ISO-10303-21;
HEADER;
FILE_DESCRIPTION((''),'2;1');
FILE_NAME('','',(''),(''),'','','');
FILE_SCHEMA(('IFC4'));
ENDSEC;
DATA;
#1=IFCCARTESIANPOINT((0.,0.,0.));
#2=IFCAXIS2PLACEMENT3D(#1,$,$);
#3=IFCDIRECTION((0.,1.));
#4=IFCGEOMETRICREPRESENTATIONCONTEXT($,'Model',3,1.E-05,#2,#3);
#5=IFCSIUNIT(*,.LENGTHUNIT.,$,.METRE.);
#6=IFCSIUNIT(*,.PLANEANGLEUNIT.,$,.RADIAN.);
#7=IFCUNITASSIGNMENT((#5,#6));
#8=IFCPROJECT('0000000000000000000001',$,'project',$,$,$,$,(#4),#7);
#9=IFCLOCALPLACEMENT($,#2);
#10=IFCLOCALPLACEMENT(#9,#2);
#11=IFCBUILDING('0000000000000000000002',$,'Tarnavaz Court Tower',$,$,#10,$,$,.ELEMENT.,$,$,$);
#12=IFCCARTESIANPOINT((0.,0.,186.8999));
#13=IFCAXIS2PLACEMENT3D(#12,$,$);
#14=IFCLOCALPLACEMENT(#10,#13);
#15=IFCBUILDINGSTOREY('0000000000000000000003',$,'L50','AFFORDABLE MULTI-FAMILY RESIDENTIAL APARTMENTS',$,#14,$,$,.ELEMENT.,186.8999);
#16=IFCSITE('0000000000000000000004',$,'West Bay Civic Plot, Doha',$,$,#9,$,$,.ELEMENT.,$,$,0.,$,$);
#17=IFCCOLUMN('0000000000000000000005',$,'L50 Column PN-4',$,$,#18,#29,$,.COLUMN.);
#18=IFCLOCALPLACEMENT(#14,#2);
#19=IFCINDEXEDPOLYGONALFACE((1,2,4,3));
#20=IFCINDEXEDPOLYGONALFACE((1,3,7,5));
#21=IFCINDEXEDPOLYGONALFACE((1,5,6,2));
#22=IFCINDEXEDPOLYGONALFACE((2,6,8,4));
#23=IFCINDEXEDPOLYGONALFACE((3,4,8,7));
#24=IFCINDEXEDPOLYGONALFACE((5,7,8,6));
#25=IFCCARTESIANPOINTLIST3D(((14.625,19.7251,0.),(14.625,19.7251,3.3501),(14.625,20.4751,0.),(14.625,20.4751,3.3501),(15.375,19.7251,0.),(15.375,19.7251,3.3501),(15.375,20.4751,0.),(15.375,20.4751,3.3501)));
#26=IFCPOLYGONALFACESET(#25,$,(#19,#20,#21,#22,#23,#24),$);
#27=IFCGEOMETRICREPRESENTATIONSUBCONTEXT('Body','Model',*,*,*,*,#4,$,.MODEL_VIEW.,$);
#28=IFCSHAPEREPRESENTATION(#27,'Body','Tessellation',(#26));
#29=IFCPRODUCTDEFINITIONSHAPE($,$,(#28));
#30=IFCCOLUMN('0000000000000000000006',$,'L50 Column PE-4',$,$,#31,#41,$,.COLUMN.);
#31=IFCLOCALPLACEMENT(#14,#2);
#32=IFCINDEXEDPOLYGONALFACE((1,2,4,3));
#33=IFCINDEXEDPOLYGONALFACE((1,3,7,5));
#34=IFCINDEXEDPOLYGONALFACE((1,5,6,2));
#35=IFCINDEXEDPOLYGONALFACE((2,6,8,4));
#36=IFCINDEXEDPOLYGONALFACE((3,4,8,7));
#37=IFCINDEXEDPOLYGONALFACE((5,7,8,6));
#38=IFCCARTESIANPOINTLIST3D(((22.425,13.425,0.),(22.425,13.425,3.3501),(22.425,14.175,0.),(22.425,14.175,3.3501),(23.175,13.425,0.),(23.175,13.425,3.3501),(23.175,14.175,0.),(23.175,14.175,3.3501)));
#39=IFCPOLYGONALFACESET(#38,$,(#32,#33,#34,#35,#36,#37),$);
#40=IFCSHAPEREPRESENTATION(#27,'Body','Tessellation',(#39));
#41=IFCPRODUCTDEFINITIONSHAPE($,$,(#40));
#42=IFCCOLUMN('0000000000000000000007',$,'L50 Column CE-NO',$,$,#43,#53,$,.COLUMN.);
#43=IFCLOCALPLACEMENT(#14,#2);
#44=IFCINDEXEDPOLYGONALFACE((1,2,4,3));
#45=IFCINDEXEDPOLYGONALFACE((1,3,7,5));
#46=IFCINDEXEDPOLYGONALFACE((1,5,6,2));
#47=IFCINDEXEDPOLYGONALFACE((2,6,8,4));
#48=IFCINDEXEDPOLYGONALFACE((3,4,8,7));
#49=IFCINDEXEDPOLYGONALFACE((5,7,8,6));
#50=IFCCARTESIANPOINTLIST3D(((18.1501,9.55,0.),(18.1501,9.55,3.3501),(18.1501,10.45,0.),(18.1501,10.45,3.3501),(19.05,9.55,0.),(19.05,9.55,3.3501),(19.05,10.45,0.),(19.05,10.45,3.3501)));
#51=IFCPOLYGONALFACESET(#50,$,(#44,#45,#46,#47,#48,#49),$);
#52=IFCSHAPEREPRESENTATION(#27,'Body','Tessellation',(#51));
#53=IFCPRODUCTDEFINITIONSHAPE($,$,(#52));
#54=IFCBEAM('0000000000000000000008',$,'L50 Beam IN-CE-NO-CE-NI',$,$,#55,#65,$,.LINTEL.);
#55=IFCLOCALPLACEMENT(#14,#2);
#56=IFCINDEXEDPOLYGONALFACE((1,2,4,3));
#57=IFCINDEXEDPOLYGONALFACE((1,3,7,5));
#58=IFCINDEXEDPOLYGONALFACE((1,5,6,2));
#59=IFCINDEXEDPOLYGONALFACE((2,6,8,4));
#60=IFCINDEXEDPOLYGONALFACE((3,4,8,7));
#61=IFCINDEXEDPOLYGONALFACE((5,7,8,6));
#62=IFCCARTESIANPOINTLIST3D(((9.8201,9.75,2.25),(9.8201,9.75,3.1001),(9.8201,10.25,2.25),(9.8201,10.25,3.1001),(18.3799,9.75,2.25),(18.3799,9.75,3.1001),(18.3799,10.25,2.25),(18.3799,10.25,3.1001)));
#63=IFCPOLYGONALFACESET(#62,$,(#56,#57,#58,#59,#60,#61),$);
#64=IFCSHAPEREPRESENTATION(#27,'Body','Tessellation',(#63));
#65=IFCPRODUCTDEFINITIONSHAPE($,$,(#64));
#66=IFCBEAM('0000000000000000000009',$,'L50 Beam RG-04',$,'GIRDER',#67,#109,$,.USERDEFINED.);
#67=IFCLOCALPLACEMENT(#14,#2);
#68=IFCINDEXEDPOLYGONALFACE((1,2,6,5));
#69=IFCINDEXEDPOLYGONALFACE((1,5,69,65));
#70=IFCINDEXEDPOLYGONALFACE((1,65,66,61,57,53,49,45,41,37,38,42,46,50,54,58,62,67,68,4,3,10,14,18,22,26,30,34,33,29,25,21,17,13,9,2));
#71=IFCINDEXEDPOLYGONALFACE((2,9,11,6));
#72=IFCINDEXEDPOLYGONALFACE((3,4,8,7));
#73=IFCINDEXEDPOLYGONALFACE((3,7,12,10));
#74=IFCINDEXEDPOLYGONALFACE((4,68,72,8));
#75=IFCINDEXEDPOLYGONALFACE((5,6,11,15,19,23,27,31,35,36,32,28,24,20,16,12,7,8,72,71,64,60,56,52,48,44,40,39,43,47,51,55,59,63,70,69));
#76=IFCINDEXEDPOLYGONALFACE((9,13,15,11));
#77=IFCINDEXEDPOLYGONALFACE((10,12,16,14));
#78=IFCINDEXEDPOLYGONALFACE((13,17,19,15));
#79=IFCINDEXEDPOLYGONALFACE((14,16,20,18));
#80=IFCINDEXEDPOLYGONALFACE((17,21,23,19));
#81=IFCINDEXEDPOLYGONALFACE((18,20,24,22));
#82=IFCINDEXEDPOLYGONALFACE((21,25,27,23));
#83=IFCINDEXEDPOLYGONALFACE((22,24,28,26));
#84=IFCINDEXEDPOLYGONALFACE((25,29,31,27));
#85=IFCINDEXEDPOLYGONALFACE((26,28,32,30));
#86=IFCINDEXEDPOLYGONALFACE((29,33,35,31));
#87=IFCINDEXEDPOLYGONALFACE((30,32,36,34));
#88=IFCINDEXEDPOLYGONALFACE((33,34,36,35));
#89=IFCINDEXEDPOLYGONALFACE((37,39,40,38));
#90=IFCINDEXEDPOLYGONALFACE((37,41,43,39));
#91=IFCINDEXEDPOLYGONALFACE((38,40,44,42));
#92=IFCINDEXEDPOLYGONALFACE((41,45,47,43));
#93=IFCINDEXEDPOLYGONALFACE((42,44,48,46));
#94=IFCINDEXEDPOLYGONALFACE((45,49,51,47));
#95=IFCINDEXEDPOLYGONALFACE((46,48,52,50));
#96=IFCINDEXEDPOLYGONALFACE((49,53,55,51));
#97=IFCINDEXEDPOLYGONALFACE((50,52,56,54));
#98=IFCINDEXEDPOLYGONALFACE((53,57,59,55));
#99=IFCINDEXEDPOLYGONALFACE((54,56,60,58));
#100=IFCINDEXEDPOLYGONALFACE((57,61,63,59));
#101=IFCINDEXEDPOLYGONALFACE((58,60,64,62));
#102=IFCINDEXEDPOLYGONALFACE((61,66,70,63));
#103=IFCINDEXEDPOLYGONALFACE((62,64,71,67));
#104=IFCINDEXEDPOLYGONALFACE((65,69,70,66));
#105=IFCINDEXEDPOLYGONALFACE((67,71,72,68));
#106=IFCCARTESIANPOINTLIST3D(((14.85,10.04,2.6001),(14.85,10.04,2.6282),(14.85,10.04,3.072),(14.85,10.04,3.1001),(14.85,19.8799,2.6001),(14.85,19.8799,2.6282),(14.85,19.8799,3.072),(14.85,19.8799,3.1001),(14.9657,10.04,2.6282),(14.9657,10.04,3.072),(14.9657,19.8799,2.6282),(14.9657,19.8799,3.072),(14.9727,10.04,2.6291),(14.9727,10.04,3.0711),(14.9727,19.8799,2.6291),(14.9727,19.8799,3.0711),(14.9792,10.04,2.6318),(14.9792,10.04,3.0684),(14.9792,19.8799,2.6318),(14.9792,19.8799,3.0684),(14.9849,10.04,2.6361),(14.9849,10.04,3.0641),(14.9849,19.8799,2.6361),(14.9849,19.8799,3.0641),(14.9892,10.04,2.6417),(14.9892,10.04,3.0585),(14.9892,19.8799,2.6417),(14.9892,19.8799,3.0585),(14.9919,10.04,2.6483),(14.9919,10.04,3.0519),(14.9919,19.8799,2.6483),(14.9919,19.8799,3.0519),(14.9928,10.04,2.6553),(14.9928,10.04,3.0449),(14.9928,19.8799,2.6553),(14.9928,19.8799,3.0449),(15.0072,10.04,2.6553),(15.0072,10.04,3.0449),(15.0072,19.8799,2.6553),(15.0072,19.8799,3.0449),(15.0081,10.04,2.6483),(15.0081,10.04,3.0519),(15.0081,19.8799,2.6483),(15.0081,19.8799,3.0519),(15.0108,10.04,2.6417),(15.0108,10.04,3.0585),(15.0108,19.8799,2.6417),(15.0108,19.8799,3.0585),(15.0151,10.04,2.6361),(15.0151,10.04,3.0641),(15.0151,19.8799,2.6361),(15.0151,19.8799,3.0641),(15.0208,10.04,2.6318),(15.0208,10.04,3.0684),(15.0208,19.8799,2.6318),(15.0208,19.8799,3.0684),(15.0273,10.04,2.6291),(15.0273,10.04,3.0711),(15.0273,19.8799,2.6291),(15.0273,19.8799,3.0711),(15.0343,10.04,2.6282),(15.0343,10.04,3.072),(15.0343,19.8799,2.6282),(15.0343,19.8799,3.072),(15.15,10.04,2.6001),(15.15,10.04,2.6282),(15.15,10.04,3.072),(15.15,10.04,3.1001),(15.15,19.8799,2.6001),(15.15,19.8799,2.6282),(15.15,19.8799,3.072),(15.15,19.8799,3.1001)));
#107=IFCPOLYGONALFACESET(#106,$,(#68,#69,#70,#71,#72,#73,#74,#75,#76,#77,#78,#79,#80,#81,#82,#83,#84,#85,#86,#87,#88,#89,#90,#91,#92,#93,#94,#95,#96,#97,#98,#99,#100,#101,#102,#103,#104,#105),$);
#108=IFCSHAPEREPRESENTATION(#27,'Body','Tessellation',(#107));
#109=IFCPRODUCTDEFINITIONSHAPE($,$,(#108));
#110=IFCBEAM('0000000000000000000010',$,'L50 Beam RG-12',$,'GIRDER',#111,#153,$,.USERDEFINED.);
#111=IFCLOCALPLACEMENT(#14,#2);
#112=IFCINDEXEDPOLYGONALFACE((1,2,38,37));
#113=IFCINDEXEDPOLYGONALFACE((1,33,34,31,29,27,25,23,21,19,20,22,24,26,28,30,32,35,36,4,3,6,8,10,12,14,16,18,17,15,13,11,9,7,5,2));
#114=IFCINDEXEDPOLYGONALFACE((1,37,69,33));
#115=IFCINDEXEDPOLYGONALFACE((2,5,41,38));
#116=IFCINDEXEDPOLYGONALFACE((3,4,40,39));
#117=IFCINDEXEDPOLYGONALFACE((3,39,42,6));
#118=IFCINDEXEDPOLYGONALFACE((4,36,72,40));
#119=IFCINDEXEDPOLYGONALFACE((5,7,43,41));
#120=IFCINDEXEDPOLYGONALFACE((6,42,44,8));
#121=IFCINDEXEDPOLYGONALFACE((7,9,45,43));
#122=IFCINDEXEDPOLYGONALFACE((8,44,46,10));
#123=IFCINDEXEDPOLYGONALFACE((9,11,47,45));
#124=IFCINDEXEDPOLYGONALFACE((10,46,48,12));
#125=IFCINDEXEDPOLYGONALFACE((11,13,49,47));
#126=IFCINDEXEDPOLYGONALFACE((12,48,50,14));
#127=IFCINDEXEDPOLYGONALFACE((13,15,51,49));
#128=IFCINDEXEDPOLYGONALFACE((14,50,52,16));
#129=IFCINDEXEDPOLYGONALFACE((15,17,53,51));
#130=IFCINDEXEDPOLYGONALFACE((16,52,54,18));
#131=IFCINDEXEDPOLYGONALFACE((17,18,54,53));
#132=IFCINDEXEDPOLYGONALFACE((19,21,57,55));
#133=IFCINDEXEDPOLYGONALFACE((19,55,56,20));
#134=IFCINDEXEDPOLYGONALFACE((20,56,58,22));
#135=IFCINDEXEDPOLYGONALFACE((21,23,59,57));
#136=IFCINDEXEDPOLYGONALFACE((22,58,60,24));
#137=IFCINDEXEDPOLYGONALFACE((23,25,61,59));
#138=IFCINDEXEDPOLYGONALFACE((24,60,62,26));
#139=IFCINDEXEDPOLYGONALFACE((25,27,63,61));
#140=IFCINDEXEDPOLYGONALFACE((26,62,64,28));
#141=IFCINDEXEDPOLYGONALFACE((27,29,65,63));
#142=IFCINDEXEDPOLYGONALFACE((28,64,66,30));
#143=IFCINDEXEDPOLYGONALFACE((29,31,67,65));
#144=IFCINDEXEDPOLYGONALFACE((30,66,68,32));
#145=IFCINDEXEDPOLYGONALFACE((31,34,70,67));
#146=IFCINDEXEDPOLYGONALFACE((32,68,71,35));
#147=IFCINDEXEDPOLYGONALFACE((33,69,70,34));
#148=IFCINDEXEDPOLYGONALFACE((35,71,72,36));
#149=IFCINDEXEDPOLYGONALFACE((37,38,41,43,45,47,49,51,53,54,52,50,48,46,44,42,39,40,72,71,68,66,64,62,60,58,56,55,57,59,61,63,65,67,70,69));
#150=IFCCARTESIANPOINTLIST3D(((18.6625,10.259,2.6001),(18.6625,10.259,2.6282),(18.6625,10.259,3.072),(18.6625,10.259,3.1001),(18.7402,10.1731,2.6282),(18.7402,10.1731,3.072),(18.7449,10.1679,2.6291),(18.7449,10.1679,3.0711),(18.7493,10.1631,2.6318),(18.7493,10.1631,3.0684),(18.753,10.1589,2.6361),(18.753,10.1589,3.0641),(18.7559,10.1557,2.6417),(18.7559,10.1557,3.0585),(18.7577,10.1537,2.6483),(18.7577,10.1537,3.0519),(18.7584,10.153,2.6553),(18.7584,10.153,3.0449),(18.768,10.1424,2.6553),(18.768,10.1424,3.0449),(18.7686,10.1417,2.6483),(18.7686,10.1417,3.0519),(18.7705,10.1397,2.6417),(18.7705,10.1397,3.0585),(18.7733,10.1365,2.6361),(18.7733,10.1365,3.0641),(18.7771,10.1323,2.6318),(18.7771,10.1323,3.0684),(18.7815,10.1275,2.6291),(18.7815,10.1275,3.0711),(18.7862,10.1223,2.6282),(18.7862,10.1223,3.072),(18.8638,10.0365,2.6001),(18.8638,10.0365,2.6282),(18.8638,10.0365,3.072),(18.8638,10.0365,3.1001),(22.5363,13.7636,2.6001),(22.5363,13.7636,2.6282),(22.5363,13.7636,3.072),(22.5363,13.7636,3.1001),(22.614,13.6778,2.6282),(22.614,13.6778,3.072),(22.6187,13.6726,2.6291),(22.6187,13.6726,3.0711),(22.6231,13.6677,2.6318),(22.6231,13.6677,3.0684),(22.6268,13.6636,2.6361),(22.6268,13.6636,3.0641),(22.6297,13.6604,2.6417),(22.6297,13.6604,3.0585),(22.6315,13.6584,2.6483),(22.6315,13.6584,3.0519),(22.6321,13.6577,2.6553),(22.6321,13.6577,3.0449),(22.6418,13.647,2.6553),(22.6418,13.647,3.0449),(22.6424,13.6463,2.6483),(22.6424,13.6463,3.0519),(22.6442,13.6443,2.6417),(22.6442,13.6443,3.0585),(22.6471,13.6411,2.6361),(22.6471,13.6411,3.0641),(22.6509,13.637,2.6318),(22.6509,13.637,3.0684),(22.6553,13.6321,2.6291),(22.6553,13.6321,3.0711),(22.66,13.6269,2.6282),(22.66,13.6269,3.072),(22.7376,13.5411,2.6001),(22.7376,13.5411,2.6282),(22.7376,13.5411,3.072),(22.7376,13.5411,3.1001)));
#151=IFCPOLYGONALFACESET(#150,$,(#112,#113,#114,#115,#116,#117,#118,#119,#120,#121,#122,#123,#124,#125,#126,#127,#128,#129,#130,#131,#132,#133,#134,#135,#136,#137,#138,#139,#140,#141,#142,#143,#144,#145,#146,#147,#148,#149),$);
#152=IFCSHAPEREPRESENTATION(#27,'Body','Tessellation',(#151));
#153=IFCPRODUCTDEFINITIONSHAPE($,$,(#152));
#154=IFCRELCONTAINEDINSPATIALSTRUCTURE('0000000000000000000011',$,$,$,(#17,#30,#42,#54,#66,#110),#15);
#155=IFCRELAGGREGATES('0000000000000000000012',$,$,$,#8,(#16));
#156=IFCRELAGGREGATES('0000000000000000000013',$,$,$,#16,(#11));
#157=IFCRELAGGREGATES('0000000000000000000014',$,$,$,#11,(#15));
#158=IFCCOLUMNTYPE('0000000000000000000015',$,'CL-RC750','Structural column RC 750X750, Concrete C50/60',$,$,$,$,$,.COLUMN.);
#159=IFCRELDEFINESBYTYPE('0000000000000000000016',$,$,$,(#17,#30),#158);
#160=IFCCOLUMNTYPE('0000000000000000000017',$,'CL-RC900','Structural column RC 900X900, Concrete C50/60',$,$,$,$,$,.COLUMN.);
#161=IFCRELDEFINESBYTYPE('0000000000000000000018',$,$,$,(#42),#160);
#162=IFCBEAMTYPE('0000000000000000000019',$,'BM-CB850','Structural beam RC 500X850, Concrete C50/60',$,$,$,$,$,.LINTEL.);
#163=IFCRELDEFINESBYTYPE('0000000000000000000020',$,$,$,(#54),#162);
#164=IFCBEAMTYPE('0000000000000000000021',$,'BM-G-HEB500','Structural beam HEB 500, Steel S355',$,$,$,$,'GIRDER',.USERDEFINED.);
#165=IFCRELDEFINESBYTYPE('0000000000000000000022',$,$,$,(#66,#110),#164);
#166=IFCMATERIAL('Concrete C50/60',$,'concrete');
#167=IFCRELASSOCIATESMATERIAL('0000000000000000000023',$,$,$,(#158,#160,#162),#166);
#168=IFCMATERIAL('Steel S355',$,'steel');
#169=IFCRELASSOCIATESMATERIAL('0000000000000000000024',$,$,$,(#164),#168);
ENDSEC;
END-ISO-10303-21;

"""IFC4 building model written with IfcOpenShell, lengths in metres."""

from ifc_helpers import new_model, si_unit, direction, frame, origin, origin_2d, place, context, subcontext, project, spatial, rectangle, i_section, extrude, material, material_profile, profile_set, type_object, element, save


model = new_model("IFC4")

# Units and contexts
model_context = context("Model", 3, precision=1e-05, world=origin(), true_north=direction((0.0, 1.0)))
body_context = subcontext(model_context, "Body", "Model", "MODEL_VIEW")
ifc_project = project(units=[si_unit("LENGTHUNIT", "METRE"), si_unit("PLANEANGLEUNIT", "RADIAN")], contexts=[model_context])

# Site, building, storey
site_placement = place(None, origin())
site = spatial("IfcSite", under=ifc_project, at=site_placement, Name="West Bay Civic Plot, Doha", CompositionType="ELEMENT", RefElevation=0.0)
building_placement = place(site_placement, origin())
building = spatial("IfcBuilding", under=site, at=building_placement, Name="Tarnavaz Court Tower", CompositionType="ELEMENT")
storey_placement = place(building_placement, frame((0.0, 0.0, 186.8999)))
storey = spatial("IfcBuildingStorey", under=building, at=storey_placement, Name="L50", Description="AFFORDABLE MULTI-FAMILY RESIDENTIAL APARTMENTS", CompositionType="ELEMENT", Elevation=186.8999)

# Columns
ifc_material_1 = material(Name="Concrete C50/60", Category="concrete")
ifc_material_profile_1 = material_profile(ifc_material_1, rectangle(XDim=0.75, YDim=0.75, at=origin_2d()), Name="RC 750X750")
ifc_profile_set_1 = profile_set([ifc_material_profile_1], Name="Concrete C50/60")
column_type_1 = type_object("IfcColumnType", Name="CL-RC750", Description="Structural column RC 750X750, Concrete C50/60", PredefinedType="COLUMN", material=ifc_profile_set_1)
for number, where, z_axis, x_axis, name in (
    (1, (15.0, 20.1001, 0.0), (0.0, 0.0, 1.0), (1.0, 0.0, 0.0), "L50 Column PN-4"),
    (2, (22.8, 13.8, 0.0), (0.0, 0.0, 1.0), (1.0, 0.0, 0.0), "L50 Column PE-4"),
):
    element("IfcColumn", number, at=place(storey_placement, frame(where, z_axis=z_axis, x_axis=x_axis)), inside=storey, type_object=column_type_1, Name=name, PredefinedType="COLUMN", context=body_context, shape_type="SweptSolid", body=[
        extrude(rectangle(XDim=0.75, YDim=0.75, at=origin_2d()), origin(), (0.0, 0.0, 1.0), 3.3501),
    ])
ifc_material_profile_2 = material_profile(ifc_material_1, rectangle(XDim=0.8999, YDim=0.8999, at=origin_2d()), Name="RC 900X900")
ifc_profile_set_2 = profile_set([ifc_material_profile_2], Name="Concrete C50/60")
column_type_2 = type_object("IfcColumnType", Name="CL-RC900", Description="Structural column RC 900X900, Concrete C50/60", PredefinedType="COLUMN", material=ifc_profile_set_2)
column_placement = place(storey_placement, frame((18.6001, 10.0, 0.0), z_axis=(0.0, 0.0, 1.0), x_axis=(1.0, 0.0, 0.0)))
element("IfcColumn", 3, at=column_placement, inside=storey, type_object=column_type_2, Name="L50 Column CE-NO", PredefinedType="COLUMN", context=body_context, shape_type="SweptSolid", body=[
    extrude(rectangle(XDim=0.8999, YDim=0.8999, at=origin_2d()), origin(), (0.0, 0.0, 1.0), 3.3501),
])

# Beams
ifc_material_profile_3 = material_profile(ifc_material_1, rectangle(XDim=0.5, YDim=0.8501, at=origin_2d()), Name="RC 500X850")
ifc_profile_set_3 = profile_set([ifc_material_profile_3], Name="Concrete C50/60")
beam_type_1 = type_object("IfcBeamType", Name="BM-CB850", Description="Structural beam RC 500X850, Concrete C50/60", PredefinedType="LINTEL", material=ifc_profile_set_3)
beam_1_placement = place(storey_placement, frame((18.3799, 10.0, 2.675), z_axis=(-1.0, 0.0, 0.0), x_axis=(0.0, -1.0, 0.0)))
element("IfcBeam", 4, at=beam_1_placement, inside=storey, type_object=beam_type_1, Name="L50 Beam IN-CE-NO-CE-NI", PredefinedType="LINTEL", context=body_context, shape_type="SweptSolid", body=[
    extrude(rectangle(XDim=0.5, YDim=0.8501, at=origin_2d()), origin(), (0.0, 0.0, 1.0), 8.5598),
])
ifc_material_2 = material(Name="Steel S355", Category="steel")
ifc_material_profile_4 = material_profile(ifc_material_2, i_section(OverallWidth=0.3, OverallDepth=0.5, WebThickness=0.0144, FlangeThickness=0.0281, FilletRadius=0.0271, at=origin_2d()), Name="HEB 500")
ifc_profile_set_4 = profile_set([ifc_material_profile_4], Name="Steel S355")
beam_type_2 = type_object("IfcBeamType", Name="BM-G-HEB500", Description="Structural beam HEB 500, Steel S355", ElementType="GIRDER", PredefinedType="USERDEFINED", material=ifc_profile_set_4)
beam_2_placement = place(storey_placement, frame((15.0, 10.04, 2.8501), z_axis=(0.0, 1.0, 0.0), x_axis=(-1.0, 0.0, 0.0)))
element("IfcBeam", 5, at=beam_2_placement, inside=storey, type_object=beam_type_2, Name="L50 Beam RG-04", ObjectType="GIRDER", PredefinedType="USERDEFINED", context=body_context, shape_type="SweptSolid", body=[
    extrude(i_section(OverallWidth=0.3, OverallDepth=0.5, WebThickness=0.0144, FlangeThickness=0.0281, FilletRadius=0.0271, at=origin_2d()), origin(), (0.0, 0.0, 1.0), 9.8398),
])
beam_3_placement = place(storey_placement, frame((18.7632, 10.1477, 2.8501), z_axis=(0.741556, 0.670891, 0.0), x_axis=(-0.670891, 0.741556, 0.0)))
element("IfcBeam", 6, at=beam_3_placement, inside=storey, type_object=beam_type_2, Name="L50 Beam RG-12", ObjectType="GIRDER", PredefinedType="USERDEFINED", context=body_context, shape_type="SweptSolid", body=[
    extrude(i_section(OverallWidth=0.3, OverallDepth=0.5, WebThickness=0.0144, FlangeThickness=0.0281, FilletRadius=0.0271, at=origin_2d()), origin(), (0.0, 0.0, 1.0), 5.2239),
])

save(model, "model.ifc")
